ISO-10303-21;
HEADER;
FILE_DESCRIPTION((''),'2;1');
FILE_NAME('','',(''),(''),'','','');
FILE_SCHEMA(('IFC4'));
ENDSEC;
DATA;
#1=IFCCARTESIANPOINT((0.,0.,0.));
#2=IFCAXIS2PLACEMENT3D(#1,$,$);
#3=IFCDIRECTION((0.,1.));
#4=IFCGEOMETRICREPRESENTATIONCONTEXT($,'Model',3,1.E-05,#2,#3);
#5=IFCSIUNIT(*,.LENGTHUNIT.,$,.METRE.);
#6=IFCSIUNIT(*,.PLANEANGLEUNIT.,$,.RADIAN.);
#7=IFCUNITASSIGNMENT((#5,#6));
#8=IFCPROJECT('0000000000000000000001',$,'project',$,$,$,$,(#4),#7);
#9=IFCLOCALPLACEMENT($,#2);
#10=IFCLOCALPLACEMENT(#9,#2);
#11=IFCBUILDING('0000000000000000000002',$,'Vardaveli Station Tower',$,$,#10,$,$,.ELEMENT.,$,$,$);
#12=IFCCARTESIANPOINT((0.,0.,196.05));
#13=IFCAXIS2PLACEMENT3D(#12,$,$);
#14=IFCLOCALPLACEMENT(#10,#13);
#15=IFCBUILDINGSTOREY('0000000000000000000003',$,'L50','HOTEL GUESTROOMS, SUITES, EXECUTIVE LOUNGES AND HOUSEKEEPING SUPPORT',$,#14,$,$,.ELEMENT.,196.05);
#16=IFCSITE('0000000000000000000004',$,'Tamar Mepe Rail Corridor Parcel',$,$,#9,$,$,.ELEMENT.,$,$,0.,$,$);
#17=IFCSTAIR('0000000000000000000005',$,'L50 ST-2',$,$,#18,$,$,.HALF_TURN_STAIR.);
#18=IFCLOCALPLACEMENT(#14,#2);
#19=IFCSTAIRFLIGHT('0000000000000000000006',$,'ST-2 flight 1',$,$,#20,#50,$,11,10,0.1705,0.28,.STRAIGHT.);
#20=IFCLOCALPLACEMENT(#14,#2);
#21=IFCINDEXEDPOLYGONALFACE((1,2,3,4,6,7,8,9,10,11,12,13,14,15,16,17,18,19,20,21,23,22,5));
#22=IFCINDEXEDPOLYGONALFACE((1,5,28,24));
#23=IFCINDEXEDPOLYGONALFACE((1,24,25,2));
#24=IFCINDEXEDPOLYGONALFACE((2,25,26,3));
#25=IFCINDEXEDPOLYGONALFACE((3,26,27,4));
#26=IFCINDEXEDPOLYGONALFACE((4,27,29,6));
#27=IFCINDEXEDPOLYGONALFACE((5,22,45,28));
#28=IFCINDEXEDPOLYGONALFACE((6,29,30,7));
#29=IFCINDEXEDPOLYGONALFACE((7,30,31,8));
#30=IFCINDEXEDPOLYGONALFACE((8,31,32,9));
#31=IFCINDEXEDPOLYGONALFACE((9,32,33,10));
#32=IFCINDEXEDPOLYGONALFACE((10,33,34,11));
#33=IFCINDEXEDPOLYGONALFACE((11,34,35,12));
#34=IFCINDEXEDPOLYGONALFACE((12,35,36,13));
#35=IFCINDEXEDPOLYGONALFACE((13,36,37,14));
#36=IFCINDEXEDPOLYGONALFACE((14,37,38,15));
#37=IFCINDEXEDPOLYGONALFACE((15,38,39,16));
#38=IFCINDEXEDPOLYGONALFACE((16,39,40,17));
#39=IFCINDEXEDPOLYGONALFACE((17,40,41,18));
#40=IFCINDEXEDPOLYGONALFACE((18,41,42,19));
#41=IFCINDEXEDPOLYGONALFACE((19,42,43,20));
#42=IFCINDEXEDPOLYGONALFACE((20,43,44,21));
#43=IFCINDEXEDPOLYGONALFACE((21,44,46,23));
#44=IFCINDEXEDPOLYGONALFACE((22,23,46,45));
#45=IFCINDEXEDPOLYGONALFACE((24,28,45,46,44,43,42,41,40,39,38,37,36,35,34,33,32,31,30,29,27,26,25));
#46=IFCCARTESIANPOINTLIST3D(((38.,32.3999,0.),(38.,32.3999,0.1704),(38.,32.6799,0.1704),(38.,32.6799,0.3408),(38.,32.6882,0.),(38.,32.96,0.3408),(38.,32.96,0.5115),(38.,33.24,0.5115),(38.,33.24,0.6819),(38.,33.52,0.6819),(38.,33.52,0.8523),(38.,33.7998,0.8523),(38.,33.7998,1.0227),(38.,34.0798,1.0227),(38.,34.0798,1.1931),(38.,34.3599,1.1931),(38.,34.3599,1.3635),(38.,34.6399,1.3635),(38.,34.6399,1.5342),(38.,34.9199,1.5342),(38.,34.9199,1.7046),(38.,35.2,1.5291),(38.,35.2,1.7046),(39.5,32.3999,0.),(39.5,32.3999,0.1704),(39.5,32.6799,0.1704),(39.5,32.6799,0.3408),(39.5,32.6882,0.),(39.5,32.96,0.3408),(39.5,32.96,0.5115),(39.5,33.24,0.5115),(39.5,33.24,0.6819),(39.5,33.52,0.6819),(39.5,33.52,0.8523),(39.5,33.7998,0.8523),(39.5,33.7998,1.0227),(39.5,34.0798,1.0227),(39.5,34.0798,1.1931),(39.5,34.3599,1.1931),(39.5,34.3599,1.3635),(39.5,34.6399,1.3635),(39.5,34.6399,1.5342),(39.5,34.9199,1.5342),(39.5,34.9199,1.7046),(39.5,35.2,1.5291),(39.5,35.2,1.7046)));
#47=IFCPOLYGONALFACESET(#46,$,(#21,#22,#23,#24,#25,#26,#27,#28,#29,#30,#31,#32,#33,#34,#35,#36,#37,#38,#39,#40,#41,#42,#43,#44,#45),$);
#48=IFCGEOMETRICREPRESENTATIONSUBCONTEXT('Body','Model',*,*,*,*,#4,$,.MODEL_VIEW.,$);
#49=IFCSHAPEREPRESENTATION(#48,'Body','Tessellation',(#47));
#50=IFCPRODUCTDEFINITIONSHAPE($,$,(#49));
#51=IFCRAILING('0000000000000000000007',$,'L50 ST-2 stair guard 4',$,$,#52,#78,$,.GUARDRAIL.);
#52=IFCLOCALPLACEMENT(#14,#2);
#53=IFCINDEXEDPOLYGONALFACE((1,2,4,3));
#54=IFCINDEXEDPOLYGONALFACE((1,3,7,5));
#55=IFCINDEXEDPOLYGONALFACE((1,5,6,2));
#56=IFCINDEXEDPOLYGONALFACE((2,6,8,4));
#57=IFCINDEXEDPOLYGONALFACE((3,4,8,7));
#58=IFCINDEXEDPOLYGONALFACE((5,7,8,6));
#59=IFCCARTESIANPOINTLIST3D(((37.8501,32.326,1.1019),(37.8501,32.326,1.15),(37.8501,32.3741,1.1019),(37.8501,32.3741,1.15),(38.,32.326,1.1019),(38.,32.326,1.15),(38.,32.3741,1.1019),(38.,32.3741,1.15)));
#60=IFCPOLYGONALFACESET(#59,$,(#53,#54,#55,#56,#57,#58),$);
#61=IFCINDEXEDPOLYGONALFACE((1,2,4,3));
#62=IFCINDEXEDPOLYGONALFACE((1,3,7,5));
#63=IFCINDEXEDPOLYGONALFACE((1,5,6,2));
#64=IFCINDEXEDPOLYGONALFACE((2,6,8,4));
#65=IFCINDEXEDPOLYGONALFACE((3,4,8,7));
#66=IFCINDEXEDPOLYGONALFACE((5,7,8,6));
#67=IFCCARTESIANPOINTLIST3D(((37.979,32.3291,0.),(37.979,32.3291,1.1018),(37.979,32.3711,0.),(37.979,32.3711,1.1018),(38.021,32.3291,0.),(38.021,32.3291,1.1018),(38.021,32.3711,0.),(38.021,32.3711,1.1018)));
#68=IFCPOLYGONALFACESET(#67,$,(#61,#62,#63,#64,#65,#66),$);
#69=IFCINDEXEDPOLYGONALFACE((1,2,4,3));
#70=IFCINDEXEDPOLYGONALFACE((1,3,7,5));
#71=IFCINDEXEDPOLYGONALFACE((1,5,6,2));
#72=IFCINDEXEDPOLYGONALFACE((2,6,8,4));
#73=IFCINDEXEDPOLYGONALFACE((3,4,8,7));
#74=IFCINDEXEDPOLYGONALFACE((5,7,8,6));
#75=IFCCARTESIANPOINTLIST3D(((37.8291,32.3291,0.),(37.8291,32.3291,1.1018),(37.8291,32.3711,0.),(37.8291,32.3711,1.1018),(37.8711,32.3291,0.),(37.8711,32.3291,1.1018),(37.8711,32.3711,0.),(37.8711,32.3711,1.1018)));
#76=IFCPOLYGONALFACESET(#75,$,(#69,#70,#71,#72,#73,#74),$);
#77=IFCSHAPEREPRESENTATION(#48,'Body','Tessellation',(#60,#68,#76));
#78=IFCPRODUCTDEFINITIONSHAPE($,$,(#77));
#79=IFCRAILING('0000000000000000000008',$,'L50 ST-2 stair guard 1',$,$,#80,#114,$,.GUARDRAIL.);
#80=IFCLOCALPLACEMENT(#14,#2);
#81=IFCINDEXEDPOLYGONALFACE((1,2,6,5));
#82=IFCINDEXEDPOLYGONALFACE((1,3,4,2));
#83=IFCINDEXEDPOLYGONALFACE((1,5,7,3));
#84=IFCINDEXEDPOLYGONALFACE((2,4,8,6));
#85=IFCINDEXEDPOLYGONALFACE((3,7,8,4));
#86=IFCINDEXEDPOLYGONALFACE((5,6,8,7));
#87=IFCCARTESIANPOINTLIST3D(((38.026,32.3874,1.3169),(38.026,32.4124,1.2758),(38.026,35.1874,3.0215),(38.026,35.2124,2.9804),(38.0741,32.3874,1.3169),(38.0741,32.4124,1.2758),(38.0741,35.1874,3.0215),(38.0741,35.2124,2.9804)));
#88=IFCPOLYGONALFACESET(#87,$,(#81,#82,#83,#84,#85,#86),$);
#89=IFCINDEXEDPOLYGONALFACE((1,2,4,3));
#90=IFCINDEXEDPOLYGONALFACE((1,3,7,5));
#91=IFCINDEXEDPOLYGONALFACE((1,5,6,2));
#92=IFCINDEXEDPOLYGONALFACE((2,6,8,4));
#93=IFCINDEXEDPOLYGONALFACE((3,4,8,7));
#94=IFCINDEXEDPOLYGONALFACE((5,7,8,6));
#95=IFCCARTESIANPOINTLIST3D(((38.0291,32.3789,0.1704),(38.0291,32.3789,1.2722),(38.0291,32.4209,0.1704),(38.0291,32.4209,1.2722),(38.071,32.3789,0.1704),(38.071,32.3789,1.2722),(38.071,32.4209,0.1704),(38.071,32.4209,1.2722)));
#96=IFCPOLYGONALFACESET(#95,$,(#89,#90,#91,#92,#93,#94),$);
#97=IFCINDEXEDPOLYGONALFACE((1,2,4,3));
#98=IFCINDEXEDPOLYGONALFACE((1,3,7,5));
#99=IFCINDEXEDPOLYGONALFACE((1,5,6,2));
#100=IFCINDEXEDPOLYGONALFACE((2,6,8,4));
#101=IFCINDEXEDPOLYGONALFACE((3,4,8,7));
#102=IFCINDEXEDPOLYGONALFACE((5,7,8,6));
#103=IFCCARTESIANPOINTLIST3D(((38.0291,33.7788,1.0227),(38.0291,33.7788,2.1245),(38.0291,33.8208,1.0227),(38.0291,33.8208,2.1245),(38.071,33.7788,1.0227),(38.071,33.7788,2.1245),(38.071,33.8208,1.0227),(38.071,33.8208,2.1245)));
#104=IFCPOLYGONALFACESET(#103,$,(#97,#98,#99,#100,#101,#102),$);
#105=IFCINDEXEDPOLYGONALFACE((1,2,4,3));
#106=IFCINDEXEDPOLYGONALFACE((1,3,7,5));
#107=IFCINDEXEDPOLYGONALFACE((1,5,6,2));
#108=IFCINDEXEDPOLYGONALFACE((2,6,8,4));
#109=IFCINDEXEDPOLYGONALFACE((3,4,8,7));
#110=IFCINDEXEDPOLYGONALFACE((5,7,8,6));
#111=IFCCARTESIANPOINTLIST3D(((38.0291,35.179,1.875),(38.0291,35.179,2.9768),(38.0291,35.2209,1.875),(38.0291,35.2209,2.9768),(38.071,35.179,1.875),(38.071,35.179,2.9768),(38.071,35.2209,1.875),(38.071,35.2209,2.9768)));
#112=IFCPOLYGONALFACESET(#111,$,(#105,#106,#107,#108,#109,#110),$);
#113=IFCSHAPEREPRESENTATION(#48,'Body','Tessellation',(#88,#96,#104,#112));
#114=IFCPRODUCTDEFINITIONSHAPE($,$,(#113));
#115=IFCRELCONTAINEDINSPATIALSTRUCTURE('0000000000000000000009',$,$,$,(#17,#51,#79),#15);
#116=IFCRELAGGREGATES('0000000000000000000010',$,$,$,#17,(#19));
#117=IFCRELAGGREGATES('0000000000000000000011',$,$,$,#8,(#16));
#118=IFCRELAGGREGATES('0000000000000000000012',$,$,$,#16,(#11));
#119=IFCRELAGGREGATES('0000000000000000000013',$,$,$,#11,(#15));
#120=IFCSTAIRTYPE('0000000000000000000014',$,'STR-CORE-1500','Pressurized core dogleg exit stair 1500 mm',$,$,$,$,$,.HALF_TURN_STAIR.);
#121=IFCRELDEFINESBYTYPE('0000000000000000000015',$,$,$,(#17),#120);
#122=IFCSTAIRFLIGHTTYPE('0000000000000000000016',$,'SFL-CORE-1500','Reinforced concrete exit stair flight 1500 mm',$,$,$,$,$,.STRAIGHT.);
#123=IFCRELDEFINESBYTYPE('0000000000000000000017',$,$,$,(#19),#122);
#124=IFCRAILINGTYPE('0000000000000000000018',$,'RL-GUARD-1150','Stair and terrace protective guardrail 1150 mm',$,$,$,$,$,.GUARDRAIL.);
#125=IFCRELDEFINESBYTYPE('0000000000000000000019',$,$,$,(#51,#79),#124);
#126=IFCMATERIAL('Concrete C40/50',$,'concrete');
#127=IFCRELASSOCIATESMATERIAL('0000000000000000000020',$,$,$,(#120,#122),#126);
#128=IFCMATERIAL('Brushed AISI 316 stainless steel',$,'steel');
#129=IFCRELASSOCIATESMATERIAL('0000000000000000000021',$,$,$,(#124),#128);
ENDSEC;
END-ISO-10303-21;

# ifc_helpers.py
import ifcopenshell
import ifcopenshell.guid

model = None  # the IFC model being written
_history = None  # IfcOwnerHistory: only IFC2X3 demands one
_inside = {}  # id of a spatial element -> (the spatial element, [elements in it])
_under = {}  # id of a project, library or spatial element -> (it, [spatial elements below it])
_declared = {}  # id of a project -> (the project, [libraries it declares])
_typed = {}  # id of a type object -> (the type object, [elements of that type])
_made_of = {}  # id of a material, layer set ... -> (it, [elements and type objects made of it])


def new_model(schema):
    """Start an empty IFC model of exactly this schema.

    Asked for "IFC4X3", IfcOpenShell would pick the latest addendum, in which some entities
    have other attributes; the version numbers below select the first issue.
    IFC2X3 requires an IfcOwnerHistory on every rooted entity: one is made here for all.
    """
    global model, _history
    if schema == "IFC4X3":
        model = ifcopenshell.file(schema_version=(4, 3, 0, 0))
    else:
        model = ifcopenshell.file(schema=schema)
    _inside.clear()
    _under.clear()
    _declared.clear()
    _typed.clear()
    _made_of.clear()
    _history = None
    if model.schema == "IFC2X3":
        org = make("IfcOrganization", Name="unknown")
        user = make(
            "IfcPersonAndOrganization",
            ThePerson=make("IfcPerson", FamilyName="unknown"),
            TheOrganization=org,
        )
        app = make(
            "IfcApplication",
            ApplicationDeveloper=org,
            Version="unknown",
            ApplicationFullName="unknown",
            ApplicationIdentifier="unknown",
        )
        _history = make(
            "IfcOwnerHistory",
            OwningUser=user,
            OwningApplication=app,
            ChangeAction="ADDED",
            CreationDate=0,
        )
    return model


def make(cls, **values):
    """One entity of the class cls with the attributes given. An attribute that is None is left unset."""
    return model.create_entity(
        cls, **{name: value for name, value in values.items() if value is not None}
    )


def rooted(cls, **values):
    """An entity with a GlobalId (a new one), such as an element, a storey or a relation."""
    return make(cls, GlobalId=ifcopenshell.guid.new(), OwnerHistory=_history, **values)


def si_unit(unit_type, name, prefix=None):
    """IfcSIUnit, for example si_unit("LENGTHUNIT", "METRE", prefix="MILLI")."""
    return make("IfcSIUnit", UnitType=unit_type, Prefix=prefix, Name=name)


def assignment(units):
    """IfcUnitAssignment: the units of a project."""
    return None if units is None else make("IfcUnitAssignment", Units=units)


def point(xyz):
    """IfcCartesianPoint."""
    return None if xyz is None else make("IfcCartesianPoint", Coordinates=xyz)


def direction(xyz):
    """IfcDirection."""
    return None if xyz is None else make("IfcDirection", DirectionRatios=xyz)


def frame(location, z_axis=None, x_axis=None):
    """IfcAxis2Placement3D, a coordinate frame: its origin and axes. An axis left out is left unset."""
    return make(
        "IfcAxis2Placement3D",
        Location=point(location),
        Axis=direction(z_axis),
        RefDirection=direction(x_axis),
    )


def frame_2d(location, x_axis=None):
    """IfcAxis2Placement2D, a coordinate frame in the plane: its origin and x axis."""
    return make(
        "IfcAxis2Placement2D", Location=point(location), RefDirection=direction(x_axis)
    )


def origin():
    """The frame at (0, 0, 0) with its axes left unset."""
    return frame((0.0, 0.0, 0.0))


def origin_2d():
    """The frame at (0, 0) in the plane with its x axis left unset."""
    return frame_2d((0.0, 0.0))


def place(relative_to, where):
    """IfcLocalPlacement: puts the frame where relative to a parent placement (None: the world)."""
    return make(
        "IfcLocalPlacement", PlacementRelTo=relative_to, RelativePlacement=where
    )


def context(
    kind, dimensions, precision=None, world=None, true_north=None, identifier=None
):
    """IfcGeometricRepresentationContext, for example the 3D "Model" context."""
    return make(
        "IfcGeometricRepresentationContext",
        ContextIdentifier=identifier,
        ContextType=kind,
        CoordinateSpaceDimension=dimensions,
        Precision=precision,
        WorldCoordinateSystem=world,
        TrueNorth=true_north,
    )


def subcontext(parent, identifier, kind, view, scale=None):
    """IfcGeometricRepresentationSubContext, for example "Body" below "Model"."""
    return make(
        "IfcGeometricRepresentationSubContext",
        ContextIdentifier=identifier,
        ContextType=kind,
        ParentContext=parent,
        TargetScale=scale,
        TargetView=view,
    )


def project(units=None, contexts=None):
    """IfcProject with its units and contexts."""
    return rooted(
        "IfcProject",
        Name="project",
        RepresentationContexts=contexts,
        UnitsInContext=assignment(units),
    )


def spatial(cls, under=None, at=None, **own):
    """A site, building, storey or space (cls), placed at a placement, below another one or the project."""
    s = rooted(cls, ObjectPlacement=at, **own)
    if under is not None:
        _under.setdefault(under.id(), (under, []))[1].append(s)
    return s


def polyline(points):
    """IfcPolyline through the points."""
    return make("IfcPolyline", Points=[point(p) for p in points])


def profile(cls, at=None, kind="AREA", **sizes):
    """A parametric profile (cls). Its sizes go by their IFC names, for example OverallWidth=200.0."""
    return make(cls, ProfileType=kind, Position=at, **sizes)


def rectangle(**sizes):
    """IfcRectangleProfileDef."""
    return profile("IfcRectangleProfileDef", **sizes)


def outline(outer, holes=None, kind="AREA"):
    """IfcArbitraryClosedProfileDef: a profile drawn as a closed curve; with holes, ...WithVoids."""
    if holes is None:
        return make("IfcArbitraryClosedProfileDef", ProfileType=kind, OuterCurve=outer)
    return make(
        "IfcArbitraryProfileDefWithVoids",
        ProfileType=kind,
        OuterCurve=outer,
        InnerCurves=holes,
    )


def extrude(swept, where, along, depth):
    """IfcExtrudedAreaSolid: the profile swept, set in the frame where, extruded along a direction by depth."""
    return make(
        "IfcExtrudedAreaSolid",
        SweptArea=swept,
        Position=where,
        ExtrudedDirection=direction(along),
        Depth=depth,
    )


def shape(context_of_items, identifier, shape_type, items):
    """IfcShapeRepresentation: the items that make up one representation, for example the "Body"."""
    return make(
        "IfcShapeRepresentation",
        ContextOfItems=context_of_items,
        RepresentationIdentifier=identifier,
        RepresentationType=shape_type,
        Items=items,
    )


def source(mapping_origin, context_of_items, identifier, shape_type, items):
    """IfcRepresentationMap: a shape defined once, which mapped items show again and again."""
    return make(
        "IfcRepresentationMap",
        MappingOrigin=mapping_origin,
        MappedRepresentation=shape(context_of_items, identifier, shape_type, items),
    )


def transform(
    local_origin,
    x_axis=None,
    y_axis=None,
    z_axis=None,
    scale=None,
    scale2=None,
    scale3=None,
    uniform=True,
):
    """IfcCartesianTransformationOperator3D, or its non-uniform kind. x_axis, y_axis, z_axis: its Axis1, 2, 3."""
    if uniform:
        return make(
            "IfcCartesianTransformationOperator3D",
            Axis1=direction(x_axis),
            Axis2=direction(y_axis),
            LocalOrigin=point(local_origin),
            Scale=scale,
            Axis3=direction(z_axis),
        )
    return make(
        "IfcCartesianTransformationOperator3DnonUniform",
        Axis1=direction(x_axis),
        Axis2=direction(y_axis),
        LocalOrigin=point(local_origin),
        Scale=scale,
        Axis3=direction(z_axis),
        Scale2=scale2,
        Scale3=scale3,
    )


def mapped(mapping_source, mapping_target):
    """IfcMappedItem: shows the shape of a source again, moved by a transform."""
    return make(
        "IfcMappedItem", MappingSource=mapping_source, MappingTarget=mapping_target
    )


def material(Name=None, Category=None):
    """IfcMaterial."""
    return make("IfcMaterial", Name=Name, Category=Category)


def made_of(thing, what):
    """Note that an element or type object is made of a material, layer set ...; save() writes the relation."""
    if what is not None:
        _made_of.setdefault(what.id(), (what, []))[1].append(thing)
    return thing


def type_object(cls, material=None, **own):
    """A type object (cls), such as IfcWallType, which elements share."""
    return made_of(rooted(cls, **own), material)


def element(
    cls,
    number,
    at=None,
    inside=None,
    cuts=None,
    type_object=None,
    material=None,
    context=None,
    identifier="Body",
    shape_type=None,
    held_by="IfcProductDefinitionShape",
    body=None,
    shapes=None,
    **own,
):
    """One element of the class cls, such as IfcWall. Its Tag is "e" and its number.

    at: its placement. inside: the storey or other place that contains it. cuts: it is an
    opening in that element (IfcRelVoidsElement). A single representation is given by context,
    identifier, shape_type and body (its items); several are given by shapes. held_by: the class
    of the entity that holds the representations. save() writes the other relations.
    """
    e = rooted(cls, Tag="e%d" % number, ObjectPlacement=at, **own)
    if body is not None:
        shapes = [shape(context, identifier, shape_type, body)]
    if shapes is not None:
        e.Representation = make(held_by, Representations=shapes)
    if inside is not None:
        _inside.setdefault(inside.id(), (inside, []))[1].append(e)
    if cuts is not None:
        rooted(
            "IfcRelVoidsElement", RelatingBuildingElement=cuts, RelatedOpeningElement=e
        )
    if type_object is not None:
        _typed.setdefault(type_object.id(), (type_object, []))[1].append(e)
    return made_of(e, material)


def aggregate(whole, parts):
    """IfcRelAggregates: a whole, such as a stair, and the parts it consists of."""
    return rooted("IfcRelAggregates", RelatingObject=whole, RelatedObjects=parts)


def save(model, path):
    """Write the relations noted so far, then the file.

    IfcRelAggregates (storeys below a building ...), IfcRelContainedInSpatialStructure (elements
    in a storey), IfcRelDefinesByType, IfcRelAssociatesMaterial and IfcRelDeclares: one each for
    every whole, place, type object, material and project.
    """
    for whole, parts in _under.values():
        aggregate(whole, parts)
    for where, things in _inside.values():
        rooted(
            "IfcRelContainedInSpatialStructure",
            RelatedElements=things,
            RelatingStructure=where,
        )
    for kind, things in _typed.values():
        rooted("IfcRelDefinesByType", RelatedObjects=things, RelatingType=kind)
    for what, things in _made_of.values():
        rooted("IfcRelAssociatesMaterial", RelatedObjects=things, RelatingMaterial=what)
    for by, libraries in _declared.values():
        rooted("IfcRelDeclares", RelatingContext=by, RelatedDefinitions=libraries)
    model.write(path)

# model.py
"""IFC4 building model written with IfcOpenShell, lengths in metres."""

from ifc_helpers import new_model, si_unit, direction, frame, origin, origin_2d, place, context, subcontext, project, spatial, polyline, rectangle, outline, extrude, source, transform, mapped, material, type_object, element, aggregate, save


model = new_model("IFC4")

# Units and contexts
model_context = context("Model", 3, precision=1e-05, world=origin(), true_north=direction((0.0, 1.0)))
body_context = subcontext(model_context, "Body", "Model", "MODEL_VIEW")
ifc_project = project(units=[si_unit("LENGTHUNIT", "METRE"), si_unit("PLANEANGLEUNIT", "RADIAN")], contexts=[model_context])

# Site, building, storey
site_placement = place(None, origin())
site = spatial("IfcSite", under=ifc_project, at=site_placement, Name="Tamar Mepe Rail Corridor Parcel", CompositionType="ELEMENT", RefElevation=0.0)
building_placement = place(site_placement, origin())
building = spatial("IfcBuilding", under=site, at=building_placement, Name="Vardaveli Station Tower", CompositionType="ELEMENT")
storey_placement = place(building_placement, frame((0.0, 0.0, 196.05)))
storey = spatial("IfcBuildingStorey", under=building, at=storey_placement, Name="L50", Description="HOTEL GUESTROOMS, SUITES, EXECUTIVE LOUNGES AND HOUSEKEEPING SUPPORT", CompositionType="ELEMENT", Elevation=196.05)

# Shared definitions
ifc_material_1 = material(Name="Concrete C40/50", Category="concrete")

# Stair, stair flight
stair_type = type_object("IfcStairType", Name="STR-CORE-1500", Description="Pressurized core dogleg exit stair 1500 mm", PredefinedType="HALF_TURN_STAIR", material=ifc_material_1)
stair_placement = place(storey_placement, origin())
stair = element("IfcStair", 1, at=stair_placement, inside=storey, type_object=stair_type, Name="L50 ST-2", PredefinedType="HALF_TURN_STAIR")
stair_flight_type = type_object("IfcStairFlightType", Name="SFL-CORE-1500", Description="Reinforced concrete exit stair flight 1500 mm", PredefinedType="STRAIGHT", material=ifc_material_1)
shared_shape_1 = source(origin(), body_context, "Body", "SweptSolid", [
    extrude(outline(polyline([(0.0, 0.0), (0.0, 0.1704), (0.28, 0.1704), (0.28, 0.3408), (0.5601, 0.3408), (0.5601, 0.5115), (0.8401, 0.5115), (0.8401, 0.6819), (1.1201, 0.6819), (1.1201, 0.8523), (1.3999, 0.8523), (1.3999, 1.0227), (1.6799, 1.0227), (1.6799, 1.1931), (1.96, 1.1931), (1.96, 1.3635), (2.24, 1.3635), (2.24, 1.5342), (2.52, 1.5342), (2.52, 1.7046), (2.8, 1.7046), (2.8, 1.875), (2.8, 1.5291), (0.2883, 0.0), (0.0, 0.0)])), frame((0.0, 0.75, 0.0), z_axis=(0.0, -1.0, 0.0), x_axis=(1.0, 0.0, 0.0)), (0.0, 0.0, 1.0), 1.5),
])
stair_flight_placement = place(storey_placement, frame((38.75, 32.3999, 0.0), z_axis=(0.0, 0.0, 1.0), x_axis=(0.0, 1.0, 0.0)))
stair_flight = element("IfcStairFlight", 2, at=stair_flight_placement, type_object=stair_flight_type, Name="ST-2 flight 1", NumberOfRisers=11, NumberOfTreads=10, PredefinedType="STRAIGHT", RiserHeight=0.1705, TreadLength=0.28, context=body_context, shape_type="MappedRepresentation", body=[
    mapped(shared_shape_1, transform((0.0, 0.0, 0.0), scale=1.0)),
])
aggregate(stair, [stair_flight])

# Railings
ifc_material_2 = material(Name="Brushed AISI 316 stainless steel", Category="steel")
railing_type = type_object("IfcRailingType", Name="RL-GUARD-1150", Description="Stair and terrace protective guardrail 1150 mm", PredefinedType="GUARDRAIL", material=ifc_material_2)
shared_shape_2 = source(origin(), body_context, "Body", "SweptSolid", [
    extrude(rectangle(XDim=0.0481, YDim=0.0481, at=origin_2d()), frame((0.0, 0.0, 1.126), z_axis=(-1.0, 0.0, 0.0), x_axis=(0.0, -1.0, 0.0)), (0.0, 0.0, 1.0), 0.1499),
    extrude(rectangle(XDim=0.042, YDim=0.042, at=origin_2d()), origin(), (0.0, 0.0, 1.0), 1.1018),
    extrude(rectangle(XDim=0.042, YDim=0.042, at=origin_2d()), frame((-0.1499, 0.0, 0.0)), (0.0, 0.0, 1.0), 1.1018),
])
railing_1_placement = place(storey_placement, frame((38.0, 32.3501, 0.0)))
element("IfcRailing", 3, at=railing_1_placement, inside=storey, type_object=railing_type, Name="L50 ST-2 stair guard 4", PredefinedType="GUARDRAIL", context=body_context, shape_type="MappedRepresentation", body=[
    mapped(shared_shape_2, transform((0.0, 0.0, 0.0), scale=1.0)),
])
shared_shape_3 = source(origin(), body_context, "Body", "SweptSolid", [
    extrude(rectangle(XDim=0.0481, YDim=0.0481, at=origin_2d()), frame((0.0, 0.0, 1.126), z_axis=(0.0, 0.85417, 0.519994), x_axis=(-1.0, 0.0, 0.0)), (0.0, 0.0, 1.0), 3.2781),
    extrude(rectangle(XDim=0.042, YDim=0.042, at=origin_2d()), origin(), (0.0, 0.0, 1.0), 1.1018),
    extrude(rectangle(XDim=0.042, YDim=0.042, at=origin_2d()), frame((0.0, 1.3999, 0.8523)), (0.0, 0.0, 1.0), 1.1018),
    extrude(rectangle(XDim=0.042, YDim=0.042, at=origin_2d()), frame((0.0, 2.8, 1.7046)), (0.0, 0.0, 1.0), 1.1018),
])
railing_2_placement = place(storey_placement, frame((38.05, 32.3999, 0.1704)))
element("IfcRailing", 4, at=railing_2_placement, inside=storey, type_object=railing_type, Name="L50 ST-2 stair guard 1", PredefinedType="GUARDRAIL", context=body_context, shape_type="MappedRepresentation", body=[
    mapped(shared_shape_3, transform((0.0, 0.0, 0.0), scale=1.0)),
])

save(model, "model.ifc")
